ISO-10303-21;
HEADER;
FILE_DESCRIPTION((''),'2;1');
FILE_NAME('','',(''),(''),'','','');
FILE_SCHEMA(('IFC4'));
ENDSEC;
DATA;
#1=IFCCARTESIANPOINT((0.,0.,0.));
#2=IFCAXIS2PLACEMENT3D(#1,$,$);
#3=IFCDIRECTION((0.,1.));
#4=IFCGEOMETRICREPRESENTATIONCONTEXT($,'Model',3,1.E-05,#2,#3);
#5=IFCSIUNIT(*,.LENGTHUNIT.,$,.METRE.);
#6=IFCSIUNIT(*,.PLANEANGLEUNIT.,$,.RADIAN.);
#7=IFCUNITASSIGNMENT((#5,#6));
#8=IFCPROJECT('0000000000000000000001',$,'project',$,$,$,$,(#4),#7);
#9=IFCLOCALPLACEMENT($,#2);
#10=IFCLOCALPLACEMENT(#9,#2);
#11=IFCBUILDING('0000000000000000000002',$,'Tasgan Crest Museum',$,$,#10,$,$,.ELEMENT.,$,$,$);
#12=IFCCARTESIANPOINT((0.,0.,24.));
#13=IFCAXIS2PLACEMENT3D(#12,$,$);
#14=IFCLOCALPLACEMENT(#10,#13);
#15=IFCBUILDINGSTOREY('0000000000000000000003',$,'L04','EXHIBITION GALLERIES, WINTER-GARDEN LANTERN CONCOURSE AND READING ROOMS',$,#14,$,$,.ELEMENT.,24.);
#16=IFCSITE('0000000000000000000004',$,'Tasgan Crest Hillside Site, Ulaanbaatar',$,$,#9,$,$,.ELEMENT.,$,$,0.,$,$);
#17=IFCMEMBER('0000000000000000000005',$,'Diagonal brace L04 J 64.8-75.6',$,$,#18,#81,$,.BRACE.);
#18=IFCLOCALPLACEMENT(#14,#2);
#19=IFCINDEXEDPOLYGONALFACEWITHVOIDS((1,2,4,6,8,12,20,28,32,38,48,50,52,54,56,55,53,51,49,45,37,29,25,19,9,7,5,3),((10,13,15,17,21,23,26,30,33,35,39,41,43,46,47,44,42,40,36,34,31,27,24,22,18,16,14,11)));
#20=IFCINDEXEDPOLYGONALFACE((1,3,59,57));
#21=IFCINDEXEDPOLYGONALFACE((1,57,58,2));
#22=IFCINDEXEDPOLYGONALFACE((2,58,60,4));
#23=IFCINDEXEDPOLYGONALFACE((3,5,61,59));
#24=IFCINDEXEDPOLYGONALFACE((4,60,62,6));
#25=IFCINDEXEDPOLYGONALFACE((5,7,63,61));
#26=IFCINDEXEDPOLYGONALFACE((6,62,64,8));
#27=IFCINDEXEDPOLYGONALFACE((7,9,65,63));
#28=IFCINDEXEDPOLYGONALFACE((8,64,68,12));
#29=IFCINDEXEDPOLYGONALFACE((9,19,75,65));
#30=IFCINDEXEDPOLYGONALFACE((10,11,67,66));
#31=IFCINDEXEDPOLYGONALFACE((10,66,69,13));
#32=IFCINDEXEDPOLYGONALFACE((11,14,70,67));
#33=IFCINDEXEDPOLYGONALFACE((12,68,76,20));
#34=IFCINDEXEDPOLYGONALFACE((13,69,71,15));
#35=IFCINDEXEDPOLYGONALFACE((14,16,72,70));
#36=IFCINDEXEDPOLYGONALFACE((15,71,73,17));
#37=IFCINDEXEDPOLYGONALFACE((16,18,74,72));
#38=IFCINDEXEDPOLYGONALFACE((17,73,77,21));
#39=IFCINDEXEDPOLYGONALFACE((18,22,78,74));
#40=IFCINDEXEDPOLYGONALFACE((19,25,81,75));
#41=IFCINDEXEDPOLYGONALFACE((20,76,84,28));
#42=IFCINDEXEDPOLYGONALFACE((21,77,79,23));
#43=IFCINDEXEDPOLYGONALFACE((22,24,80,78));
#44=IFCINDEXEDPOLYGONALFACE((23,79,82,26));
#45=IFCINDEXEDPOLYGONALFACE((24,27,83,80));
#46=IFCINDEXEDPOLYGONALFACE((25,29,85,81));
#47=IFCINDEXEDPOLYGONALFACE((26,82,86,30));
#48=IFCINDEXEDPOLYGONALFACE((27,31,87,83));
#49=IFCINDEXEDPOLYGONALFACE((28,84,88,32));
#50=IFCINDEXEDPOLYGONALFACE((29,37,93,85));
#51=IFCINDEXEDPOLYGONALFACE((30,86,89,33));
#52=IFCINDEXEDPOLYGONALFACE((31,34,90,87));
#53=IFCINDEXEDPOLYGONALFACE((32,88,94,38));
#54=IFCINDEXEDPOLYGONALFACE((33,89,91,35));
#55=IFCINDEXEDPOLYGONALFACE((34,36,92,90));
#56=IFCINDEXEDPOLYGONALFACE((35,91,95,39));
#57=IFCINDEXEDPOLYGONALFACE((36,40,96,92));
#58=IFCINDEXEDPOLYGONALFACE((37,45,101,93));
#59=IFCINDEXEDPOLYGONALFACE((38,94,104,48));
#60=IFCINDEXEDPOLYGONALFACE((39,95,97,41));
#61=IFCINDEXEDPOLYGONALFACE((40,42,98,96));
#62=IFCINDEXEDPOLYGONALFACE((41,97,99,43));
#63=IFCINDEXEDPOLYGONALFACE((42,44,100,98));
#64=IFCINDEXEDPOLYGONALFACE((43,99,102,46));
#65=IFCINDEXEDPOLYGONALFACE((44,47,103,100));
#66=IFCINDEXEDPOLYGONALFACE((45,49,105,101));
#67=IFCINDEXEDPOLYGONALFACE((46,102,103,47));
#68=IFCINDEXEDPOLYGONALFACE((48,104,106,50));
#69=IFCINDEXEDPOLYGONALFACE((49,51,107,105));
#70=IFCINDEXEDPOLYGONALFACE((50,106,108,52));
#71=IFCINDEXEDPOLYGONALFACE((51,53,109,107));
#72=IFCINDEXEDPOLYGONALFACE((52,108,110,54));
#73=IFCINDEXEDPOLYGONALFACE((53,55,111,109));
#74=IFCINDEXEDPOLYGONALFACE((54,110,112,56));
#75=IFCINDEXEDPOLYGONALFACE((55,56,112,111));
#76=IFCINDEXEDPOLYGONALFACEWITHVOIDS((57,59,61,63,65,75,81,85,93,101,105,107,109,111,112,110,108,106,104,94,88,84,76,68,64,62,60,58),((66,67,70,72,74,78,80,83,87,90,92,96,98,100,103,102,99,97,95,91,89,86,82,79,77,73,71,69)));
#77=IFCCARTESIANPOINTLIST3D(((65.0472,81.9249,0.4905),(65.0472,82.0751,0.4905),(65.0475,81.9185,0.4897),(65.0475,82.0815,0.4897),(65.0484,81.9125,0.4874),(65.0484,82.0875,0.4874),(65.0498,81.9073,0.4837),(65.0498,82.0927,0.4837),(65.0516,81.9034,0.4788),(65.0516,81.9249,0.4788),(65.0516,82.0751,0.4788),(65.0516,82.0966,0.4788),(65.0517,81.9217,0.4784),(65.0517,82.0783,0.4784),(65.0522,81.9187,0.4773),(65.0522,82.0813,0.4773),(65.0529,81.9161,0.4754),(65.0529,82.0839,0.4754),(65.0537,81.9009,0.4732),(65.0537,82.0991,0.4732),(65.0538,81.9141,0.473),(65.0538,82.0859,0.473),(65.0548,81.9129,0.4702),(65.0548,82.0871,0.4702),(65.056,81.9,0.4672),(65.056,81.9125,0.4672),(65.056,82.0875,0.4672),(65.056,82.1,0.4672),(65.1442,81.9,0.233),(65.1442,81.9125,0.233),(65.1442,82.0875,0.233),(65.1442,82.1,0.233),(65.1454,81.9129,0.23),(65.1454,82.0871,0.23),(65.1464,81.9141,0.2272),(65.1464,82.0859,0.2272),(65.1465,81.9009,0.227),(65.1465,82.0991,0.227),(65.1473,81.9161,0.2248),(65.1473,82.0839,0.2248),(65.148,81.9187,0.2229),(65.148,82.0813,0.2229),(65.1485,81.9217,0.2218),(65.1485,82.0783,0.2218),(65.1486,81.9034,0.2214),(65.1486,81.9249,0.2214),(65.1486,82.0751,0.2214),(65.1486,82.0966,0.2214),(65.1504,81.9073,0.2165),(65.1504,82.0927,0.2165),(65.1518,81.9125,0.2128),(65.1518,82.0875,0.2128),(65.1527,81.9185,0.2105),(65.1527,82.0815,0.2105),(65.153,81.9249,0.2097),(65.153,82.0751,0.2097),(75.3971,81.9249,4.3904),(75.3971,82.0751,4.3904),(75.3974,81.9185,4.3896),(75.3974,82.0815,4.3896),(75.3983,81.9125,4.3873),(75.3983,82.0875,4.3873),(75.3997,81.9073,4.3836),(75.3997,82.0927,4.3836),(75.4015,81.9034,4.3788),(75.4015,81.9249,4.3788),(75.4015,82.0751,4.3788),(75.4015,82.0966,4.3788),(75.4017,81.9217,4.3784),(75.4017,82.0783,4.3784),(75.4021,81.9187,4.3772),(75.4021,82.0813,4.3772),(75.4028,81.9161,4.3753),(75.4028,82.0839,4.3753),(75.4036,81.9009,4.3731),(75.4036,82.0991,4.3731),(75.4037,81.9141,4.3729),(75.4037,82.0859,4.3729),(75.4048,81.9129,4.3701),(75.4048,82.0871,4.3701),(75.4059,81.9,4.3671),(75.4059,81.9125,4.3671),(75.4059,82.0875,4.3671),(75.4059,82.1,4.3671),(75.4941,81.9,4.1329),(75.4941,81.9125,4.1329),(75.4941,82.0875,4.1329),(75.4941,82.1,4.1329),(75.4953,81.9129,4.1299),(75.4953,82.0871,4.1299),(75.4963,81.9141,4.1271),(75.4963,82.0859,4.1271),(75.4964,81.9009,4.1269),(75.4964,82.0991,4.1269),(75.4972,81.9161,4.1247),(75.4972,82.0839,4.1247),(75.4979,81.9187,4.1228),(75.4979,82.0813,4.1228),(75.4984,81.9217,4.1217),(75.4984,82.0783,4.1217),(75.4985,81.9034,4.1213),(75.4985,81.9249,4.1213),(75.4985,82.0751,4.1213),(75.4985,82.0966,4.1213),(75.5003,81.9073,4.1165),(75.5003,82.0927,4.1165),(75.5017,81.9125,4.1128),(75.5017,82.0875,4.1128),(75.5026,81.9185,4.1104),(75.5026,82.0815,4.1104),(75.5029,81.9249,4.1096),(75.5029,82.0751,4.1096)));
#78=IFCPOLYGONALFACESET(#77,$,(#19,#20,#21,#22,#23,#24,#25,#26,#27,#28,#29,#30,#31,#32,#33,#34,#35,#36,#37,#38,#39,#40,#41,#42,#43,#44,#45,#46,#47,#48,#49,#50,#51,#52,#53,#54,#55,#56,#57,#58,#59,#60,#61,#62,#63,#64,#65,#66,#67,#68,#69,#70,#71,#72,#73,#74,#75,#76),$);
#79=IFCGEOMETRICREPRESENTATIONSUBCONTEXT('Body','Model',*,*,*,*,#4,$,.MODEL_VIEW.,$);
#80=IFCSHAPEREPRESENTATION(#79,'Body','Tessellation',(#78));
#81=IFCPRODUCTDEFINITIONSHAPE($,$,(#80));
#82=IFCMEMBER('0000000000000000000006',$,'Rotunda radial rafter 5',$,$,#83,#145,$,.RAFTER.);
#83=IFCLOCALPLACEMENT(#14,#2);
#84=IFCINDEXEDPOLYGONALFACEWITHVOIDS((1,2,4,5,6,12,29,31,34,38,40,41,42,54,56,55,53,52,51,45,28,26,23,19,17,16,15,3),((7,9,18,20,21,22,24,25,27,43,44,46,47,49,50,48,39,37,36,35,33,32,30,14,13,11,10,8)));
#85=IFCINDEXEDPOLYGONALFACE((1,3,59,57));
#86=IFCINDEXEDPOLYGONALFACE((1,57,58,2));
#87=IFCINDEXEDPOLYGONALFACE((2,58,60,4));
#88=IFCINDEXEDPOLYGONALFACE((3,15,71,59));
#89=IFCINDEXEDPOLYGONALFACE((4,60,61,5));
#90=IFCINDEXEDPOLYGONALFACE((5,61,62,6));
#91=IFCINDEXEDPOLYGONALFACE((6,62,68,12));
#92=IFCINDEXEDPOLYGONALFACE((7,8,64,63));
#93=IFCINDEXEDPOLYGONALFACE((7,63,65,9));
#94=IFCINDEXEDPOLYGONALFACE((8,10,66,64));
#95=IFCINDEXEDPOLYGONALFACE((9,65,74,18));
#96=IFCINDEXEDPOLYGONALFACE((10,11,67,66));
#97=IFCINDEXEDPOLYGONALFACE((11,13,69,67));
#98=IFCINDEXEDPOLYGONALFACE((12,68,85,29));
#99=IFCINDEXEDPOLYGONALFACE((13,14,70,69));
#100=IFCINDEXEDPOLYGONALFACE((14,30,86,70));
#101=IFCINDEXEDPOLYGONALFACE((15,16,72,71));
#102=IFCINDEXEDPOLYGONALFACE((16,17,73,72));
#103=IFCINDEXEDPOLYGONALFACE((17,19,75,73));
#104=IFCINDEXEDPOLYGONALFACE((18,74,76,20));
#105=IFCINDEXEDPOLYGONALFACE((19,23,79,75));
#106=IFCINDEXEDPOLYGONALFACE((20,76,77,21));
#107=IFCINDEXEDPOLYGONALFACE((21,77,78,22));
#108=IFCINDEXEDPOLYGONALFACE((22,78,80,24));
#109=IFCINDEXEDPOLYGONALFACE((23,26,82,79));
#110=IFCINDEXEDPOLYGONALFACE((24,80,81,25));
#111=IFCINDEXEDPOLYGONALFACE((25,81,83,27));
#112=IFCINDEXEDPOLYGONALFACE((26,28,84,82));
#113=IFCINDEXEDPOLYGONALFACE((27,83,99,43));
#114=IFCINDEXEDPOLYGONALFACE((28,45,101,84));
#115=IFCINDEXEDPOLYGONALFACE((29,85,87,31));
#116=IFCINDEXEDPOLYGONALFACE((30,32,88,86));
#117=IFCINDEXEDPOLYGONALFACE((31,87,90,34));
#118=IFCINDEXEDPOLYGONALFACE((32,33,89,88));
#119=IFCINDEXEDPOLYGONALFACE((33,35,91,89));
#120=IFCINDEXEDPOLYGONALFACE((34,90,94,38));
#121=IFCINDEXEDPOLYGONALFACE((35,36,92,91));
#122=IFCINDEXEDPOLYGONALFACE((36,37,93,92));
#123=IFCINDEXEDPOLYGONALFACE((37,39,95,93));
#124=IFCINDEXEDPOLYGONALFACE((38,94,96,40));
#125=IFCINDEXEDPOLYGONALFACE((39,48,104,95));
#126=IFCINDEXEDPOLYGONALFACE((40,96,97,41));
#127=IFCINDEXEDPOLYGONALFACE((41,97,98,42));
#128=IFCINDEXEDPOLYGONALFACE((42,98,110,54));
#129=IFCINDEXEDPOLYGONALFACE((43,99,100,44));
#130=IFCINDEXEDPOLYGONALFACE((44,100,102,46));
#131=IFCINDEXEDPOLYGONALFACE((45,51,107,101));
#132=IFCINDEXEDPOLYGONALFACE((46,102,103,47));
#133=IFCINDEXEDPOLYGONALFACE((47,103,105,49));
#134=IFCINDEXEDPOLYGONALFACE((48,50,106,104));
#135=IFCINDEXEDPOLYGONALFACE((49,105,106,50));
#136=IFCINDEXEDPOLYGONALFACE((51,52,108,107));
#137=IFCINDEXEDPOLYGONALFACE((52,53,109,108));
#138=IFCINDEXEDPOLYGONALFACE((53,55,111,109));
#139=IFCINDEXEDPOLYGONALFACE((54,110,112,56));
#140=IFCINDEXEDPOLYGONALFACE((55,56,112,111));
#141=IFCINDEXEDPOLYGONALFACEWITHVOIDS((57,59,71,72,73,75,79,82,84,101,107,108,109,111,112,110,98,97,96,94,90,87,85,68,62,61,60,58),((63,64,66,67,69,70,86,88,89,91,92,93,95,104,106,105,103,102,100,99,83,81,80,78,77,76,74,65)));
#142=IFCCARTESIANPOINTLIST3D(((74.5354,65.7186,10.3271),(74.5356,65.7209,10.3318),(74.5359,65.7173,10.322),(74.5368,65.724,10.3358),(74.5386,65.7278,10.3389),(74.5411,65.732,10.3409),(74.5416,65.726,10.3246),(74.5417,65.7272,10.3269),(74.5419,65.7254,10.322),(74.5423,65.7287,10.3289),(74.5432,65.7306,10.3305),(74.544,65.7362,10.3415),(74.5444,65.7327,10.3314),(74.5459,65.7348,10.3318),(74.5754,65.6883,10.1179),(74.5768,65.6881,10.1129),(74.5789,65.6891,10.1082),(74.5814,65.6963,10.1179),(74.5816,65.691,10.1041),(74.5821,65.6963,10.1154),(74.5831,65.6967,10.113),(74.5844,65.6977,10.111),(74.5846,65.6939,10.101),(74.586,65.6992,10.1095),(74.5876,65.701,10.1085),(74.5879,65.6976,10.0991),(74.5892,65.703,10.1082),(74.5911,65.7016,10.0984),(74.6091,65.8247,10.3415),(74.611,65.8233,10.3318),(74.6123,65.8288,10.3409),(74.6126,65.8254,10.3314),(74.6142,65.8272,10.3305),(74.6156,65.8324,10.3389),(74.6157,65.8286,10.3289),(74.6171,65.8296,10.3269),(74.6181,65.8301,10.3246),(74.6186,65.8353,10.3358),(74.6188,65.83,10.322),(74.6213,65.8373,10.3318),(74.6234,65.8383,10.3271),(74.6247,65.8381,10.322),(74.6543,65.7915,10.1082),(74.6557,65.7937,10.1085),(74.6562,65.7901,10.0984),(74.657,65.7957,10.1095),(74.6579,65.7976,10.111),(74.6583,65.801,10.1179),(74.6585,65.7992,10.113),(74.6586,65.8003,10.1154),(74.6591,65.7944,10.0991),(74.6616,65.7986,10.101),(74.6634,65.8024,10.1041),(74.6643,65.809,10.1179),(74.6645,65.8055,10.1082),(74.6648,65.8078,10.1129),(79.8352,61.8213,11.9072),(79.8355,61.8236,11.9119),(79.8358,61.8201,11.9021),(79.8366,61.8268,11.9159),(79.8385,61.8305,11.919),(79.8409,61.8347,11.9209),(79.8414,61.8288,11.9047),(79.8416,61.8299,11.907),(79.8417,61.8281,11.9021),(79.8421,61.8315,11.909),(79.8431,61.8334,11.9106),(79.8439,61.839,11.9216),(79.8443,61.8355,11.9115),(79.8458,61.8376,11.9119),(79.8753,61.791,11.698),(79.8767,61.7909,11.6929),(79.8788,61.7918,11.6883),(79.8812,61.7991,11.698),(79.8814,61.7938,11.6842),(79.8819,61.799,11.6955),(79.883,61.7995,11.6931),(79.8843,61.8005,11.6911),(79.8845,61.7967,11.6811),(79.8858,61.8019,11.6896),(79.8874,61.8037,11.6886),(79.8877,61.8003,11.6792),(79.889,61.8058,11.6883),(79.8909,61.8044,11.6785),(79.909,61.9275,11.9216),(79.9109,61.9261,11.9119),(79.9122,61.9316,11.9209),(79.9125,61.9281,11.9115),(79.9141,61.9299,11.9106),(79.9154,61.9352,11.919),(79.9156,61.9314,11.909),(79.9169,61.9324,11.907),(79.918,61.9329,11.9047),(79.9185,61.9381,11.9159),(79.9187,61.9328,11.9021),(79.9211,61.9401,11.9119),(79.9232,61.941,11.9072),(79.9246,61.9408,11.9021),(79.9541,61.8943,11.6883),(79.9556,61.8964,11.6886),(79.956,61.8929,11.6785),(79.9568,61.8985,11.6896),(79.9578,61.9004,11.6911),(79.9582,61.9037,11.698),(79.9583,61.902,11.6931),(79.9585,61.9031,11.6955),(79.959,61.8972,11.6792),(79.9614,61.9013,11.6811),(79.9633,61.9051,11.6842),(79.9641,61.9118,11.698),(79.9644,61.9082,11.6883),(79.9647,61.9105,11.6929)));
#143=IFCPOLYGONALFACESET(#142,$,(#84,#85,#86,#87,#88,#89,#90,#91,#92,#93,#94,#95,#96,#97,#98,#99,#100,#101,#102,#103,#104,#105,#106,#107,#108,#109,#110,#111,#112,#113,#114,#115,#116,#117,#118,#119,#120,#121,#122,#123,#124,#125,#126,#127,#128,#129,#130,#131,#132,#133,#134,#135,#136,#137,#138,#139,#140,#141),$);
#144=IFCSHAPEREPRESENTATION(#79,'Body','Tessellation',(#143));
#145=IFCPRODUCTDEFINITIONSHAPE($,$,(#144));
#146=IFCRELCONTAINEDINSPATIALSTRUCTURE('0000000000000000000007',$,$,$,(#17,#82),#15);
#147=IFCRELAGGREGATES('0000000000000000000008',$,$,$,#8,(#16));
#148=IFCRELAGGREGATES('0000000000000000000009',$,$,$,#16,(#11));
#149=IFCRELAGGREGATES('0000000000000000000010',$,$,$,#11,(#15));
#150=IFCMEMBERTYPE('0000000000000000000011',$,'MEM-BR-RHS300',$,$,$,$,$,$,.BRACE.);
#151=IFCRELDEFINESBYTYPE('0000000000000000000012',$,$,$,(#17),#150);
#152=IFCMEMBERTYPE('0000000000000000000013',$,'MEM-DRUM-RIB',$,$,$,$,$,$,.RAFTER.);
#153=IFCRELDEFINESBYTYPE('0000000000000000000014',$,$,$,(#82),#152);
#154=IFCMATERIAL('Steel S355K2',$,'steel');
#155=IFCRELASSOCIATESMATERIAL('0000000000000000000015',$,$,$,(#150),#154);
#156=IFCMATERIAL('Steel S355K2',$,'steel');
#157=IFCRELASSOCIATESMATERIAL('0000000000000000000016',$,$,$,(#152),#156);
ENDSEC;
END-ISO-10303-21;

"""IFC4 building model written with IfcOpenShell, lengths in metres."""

from ifc_helpers import new_model, si_unit, direction, frame, origin, origin_2d, place, context, subcontext, project, spatial, hollow_rectangle, extrude, material, material_profile, profile_set, type_object, element, save


model = new_model("IFC4")

# Units and contexts
model_context = context("Model", 3, precision=1e-05, world=origin(), true_north=direction((0.0, 1.0)))
body_context = subcontext(model_context, "Body", "Model", "MODEL_VIEW")
ifc_project = project(units=[si_unit("LENGTHUNIT", "METRE"), si_unit("PLANEANGLEUNIT", "RADIAN")], contexts=[model_context])

# Site, building, storey
site_placement = place(None, origin())
site = spatial("IfcSite", under=ifc_project, at=site_placement, Name="Tasgan Crest Hillside Site, Ulaanbaatar", CompositionType="ELEMENT", RefElevation=0.0)
building_placement = place(site_placement, origin())
building = spatial("IfcBuilding", under=site, at=building_placement, Name="Tasgan Crest Museum", CompositionType="ELEMENT")
storey_placement = place(building_placement, frame((0.0, 0.0, 24.0)))
storey = spatial("IfcBuildingStorey", under=building, at=storey_placement, Name="L04", Description="EXHIBITION GALLERIES, WINTER-GARDEN LANTERN CONCOURSE AND READING ROOMS", CompositionType="ELEMENT", Elevation=24.0)

# Members
ifc_material_1 = material(Name="Steel S355K2", Category="steel")
ifc_material_profile_1 = material_profile(ifc_material_1, hollow_rectangle(XDim=0.2, YDim=0.3, WallThickness=0.0125, InnerFilletRadius=0.0125, OuterFilletRadius=0.0249, at=origin_2d()), Name="RHS 300x200x12.5")
ifc_profile_set_1 = profile_set([ifc_material_profile_1], Name="Steel S355K2")
member_type_1 = type_object("IfcMemberType", Name="MEM-BR-RHS300", PredefinedType="BRACE", material=ifc_profile_set_1)
member_1_placement = place(storey_placement, frame((65.1001, 82.0, 0.3501), z_axis=(0.935772, 0.0, 0.352606), x_axis=(0.0, 1.0, 0.0)))
element("IfcMember", 1, at=member_1_placement, inside=storey, type_object=member_type_1, Name="Diagonal brace L04 J 64.8-75.6", PredefinedType="BRACE", context=body_context, shape_type="SweptSolid", body=[
    extrude(hollow_rectangle(XDim=0.2, YDim=0.3, WallThickness=0.0125, InnerFilletRadius=0.0125, OuterFilletRadius=0.0249, at=origin_2d()), origin(), (0.0, 0.0, 1.0), 11.0603),
])
ifc_material_2 = material(Name="Steel S355K2", Category="steel")
ifc_material_profile_2 = material_profile(ifc_material_2, hollow_rectangle(XDim=0.1499, YDim=0.25, WallThickness=0.01, InnerFilletRadius=0.01, OuterFilletRadius=0.02, at=origin_2d()), Name="RHS 250x150x10")
ifc_profile_set_2 = profile_set([ifc_material_profile_2], Name="Steel S355K2")
member_type_2 = type_object("IfcMemberType", Name="MEM-DRUM-RIB", PredefinedType="RAFTER", material=ifc_profile_set_2)
member_2_placement = place(storey_placement, frame((74.6001, 65.7632, 10.22), z_axis=(0.78335, -0.576037, 0.233547), x_axis=(0.59242, 0.805629, 0.0)))
element("IfcMember", 2, at=member_2_placement, inside=storey, type_object=member_type_2, Name="Rotunda radial rafter 5", PredefinedType="RAFTER", context=body_context, shape_type="SweptSolid", body=[
    extrude(hollow_rectangle(XDim=0.1499, YDim=0.25, WallThickness=0.01, InnerFilletRadius=0.01, OuterFilletRadius=0.02, at=origin_2d()), origin(), (0.0, 0.0, 1.0), 6.7656),
])

save(model, "model.ifc")
